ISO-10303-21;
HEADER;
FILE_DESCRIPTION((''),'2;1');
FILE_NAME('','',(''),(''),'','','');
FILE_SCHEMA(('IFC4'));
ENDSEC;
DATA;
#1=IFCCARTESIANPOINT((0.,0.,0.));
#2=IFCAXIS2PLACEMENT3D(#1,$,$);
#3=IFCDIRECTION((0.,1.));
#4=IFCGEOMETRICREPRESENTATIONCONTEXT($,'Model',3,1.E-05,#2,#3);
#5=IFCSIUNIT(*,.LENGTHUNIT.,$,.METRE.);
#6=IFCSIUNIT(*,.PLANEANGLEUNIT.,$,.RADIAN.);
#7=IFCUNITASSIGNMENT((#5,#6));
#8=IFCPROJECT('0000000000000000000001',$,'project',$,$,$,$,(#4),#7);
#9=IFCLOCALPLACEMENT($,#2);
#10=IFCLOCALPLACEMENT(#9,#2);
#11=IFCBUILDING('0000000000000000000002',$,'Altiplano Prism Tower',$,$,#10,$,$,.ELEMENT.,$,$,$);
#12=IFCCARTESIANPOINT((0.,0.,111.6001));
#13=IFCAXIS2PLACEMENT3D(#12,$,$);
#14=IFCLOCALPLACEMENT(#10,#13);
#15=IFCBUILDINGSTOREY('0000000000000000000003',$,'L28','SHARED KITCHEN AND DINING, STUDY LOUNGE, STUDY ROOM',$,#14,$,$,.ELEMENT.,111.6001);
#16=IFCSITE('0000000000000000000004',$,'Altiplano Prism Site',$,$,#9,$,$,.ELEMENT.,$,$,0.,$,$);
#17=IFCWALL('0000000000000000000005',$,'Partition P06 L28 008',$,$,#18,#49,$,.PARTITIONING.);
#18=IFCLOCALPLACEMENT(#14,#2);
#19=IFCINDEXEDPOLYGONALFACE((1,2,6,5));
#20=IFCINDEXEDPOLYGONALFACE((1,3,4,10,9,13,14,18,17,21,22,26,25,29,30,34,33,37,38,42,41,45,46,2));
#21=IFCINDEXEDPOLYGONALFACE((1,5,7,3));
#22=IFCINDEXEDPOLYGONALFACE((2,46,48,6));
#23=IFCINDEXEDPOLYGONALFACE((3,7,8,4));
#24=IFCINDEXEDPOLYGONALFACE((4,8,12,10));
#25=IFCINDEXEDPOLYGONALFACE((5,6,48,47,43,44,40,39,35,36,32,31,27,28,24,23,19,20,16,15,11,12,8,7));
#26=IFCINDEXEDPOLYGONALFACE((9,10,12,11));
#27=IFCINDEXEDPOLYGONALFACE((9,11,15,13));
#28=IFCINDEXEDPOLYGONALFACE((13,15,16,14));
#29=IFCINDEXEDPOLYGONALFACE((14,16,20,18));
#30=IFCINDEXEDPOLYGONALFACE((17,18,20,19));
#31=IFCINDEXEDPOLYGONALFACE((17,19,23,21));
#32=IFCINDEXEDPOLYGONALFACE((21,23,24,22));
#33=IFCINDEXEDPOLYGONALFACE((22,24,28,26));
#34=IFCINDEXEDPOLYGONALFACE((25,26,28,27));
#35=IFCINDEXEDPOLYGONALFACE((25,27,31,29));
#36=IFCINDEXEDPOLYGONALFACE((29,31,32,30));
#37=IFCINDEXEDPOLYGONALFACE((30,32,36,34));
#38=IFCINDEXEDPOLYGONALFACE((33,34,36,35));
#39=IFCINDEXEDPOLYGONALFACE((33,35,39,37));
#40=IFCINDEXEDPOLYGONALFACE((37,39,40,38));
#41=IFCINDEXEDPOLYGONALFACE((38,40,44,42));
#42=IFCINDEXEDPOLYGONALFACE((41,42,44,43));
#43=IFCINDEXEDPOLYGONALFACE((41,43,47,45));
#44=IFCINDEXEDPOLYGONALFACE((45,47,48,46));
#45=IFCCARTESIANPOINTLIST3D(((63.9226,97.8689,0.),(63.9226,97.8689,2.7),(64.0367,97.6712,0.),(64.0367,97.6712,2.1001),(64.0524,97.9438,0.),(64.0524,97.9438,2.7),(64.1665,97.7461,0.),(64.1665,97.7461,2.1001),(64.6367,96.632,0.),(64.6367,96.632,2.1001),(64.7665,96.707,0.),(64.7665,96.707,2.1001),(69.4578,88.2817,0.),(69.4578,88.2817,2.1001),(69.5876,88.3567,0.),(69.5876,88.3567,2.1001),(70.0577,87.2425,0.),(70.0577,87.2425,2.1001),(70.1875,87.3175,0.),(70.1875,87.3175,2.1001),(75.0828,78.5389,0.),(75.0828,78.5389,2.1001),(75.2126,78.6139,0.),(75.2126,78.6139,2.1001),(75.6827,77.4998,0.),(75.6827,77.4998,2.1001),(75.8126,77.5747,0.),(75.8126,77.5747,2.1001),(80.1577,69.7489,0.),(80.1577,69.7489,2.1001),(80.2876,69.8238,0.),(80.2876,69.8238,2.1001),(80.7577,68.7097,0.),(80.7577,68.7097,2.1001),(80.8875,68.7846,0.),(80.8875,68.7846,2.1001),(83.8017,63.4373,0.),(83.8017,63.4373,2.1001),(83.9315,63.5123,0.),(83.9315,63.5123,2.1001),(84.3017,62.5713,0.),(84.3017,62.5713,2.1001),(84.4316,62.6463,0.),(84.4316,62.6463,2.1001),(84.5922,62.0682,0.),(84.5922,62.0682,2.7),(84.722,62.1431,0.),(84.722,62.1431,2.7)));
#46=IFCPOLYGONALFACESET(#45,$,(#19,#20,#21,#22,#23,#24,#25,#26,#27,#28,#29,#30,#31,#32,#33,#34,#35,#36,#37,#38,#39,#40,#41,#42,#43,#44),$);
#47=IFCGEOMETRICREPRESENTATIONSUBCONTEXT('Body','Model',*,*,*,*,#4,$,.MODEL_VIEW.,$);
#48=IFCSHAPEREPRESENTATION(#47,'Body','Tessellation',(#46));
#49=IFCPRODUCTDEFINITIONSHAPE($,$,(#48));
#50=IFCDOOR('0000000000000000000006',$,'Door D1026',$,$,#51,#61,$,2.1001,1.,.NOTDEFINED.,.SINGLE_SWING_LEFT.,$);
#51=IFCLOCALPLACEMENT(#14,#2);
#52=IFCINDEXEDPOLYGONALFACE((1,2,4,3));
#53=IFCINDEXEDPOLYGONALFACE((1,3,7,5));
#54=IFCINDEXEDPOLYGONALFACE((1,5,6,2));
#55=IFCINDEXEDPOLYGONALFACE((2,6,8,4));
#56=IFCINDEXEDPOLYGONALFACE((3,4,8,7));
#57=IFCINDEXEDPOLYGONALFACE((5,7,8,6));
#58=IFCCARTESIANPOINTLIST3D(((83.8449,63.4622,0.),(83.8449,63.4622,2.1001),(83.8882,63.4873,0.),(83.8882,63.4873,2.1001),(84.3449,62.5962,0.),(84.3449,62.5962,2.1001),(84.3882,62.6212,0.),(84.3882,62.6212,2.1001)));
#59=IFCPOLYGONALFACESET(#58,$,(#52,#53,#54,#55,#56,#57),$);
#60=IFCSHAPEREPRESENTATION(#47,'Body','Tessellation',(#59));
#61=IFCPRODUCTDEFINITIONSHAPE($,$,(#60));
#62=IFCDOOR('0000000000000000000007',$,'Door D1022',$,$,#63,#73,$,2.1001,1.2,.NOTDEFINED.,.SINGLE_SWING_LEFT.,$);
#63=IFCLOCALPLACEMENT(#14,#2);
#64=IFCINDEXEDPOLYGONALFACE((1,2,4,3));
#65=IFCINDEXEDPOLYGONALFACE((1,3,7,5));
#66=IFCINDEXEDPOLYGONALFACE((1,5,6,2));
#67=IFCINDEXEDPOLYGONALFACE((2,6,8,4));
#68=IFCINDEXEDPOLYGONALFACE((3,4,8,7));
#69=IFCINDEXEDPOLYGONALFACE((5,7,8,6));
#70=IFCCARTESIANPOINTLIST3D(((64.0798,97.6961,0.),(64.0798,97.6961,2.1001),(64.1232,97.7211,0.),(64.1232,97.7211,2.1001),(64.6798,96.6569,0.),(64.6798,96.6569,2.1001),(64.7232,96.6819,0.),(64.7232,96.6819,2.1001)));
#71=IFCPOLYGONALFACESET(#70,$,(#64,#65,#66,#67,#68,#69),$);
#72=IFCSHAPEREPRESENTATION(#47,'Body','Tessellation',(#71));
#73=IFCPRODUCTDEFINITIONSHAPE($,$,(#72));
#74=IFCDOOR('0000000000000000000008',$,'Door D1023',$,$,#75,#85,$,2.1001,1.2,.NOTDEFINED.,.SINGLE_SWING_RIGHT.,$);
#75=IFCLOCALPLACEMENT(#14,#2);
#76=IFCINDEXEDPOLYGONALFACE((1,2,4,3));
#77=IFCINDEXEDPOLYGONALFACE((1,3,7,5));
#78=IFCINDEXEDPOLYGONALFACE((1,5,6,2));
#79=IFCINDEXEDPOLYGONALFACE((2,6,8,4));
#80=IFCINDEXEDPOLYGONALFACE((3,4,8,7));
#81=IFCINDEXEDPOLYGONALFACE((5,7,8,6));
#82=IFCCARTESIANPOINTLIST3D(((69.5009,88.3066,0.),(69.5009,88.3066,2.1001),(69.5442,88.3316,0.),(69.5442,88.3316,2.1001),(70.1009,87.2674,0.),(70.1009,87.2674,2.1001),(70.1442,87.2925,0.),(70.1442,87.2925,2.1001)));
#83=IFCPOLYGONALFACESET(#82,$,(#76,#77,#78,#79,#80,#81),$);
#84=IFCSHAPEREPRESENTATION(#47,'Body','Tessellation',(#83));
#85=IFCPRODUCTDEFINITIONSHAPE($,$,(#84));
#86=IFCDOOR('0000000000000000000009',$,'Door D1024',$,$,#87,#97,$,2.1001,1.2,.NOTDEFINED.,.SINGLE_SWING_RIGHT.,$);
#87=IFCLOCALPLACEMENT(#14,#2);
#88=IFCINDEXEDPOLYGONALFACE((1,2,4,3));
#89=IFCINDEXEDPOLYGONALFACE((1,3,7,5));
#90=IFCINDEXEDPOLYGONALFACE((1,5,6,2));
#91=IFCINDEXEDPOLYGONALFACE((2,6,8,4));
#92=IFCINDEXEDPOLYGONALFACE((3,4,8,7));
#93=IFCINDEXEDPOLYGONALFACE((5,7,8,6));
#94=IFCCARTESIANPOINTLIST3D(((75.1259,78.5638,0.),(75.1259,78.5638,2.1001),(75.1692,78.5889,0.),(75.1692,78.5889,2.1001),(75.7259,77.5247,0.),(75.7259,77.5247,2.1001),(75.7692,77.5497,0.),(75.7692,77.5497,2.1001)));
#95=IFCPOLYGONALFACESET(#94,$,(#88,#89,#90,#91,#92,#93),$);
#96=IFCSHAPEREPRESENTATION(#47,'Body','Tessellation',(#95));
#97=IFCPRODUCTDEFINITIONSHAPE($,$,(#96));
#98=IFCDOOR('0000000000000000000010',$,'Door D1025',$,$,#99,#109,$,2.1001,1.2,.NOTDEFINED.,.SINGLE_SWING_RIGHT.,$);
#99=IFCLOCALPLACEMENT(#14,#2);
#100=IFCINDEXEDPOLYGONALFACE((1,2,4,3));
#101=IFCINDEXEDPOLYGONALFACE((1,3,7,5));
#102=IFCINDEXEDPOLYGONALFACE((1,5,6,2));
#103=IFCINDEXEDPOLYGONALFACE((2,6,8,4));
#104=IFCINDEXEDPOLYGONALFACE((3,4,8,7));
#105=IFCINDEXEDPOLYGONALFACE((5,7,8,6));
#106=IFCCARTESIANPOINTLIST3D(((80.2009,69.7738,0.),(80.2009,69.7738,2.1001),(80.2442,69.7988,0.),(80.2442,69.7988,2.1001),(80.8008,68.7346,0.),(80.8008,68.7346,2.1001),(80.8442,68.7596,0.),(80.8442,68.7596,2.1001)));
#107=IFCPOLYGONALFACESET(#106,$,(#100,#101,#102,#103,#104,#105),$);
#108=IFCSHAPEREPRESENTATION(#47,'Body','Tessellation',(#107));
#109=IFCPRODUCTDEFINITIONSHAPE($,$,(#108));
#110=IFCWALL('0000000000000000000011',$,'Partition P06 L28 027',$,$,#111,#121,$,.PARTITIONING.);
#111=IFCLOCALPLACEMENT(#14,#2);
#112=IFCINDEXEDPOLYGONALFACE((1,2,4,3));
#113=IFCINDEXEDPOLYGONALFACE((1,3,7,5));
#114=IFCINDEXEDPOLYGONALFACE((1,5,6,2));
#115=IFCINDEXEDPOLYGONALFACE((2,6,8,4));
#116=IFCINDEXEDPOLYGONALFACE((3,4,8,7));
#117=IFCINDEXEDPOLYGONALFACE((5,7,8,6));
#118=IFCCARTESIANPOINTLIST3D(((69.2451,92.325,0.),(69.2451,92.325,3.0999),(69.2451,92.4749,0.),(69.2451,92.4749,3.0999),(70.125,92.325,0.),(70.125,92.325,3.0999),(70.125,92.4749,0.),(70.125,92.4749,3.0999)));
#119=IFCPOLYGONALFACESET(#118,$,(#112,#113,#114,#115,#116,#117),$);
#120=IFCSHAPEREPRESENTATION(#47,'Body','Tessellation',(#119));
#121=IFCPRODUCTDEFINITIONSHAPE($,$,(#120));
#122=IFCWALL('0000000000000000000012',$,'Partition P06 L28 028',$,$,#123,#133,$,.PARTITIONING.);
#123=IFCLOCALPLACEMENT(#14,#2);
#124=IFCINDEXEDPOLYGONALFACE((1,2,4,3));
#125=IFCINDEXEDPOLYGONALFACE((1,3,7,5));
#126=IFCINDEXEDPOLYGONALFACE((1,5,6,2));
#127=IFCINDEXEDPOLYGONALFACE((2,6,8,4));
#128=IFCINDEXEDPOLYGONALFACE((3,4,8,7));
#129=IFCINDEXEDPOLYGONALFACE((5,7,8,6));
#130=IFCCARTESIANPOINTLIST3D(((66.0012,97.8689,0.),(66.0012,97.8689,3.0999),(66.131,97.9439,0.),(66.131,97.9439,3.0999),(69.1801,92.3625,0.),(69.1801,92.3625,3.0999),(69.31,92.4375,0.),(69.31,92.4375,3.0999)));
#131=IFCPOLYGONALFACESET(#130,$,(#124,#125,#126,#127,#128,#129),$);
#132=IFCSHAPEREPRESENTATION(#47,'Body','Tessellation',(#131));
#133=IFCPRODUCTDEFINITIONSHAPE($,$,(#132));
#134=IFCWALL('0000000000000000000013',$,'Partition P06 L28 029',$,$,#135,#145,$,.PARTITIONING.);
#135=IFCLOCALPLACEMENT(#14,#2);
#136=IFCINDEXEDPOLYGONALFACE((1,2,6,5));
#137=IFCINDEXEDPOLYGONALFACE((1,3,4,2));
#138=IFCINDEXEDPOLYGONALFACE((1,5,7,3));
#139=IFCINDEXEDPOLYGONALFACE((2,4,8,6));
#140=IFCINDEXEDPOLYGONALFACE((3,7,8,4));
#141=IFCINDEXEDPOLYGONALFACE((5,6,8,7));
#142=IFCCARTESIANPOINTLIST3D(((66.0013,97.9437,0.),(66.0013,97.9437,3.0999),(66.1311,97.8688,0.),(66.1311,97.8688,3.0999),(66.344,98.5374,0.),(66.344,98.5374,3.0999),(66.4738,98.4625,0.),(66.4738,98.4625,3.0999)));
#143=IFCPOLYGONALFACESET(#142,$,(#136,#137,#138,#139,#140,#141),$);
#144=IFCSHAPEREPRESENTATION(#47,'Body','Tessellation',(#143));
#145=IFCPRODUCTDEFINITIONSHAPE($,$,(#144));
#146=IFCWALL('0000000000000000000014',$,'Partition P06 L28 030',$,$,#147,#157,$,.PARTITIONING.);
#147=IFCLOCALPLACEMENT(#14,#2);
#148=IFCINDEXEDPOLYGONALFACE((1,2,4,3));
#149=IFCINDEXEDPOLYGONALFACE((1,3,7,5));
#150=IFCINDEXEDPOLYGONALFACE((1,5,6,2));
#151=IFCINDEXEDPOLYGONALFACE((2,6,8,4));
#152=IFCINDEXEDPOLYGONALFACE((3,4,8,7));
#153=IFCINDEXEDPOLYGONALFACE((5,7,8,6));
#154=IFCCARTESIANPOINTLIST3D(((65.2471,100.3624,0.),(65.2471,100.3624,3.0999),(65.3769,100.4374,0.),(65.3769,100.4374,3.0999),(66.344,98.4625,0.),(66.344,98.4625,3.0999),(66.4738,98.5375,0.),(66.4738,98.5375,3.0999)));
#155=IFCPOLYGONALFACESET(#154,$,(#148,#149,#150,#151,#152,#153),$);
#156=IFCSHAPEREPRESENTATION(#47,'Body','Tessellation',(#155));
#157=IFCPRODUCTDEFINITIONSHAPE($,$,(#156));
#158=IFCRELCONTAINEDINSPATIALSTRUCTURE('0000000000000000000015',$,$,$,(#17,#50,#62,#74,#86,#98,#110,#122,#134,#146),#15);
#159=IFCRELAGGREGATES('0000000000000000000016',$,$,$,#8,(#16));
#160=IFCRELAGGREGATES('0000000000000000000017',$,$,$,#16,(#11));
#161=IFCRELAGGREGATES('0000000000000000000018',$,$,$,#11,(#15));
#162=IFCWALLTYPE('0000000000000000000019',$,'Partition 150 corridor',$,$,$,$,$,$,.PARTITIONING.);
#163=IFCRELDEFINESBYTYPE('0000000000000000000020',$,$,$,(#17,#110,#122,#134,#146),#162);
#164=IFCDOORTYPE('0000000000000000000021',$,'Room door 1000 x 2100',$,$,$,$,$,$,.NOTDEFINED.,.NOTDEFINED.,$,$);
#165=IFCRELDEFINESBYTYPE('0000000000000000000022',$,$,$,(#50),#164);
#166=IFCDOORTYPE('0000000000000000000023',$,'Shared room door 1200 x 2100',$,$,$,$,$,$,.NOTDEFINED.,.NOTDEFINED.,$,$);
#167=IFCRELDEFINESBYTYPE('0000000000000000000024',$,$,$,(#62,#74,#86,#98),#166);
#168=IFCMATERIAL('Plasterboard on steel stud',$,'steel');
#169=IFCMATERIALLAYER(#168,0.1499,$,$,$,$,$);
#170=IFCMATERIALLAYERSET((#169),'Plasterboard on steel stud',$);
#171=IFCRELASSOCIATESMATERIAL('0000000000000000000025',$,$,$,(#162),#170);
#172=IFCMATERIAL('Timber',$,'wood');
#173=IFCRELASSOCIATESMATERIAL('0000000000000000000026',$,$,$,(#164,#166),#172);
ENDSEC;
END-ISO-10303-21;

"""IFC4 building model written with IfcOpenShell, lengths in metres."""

from ifc_helpers import new_model, si_unit, direction, frame, frame_2d, origin, place, context, subcontext, project, spatial, rectangle, extrude, material, layer, layer_set, type_object, element, fill, save


model = new_model("IFC4")

# Units and contexts
model_context = context("Model", 3, precision=1e-05, world=origin(), true_north=direction((0.0, 1.0)))
body_context = subcontext(model_context, "Body", "Model", "MODEL_VIEW")
ifc_project = project(units=[si_unit("LENGTHUNIT", "METRE"), si_unit("PLANEANGLEUNIT", "RADIAN")], contexts=[model_context])

# Site, building, storey
site_placement = place(None, origin())
site = spatial("IfcSite", under=ifc_project, at=site_placement, Name="Altiplano Prism Site", CompositionType="ELEMENT", RefElevation=0.0)
building_placement = place(site_placement, origin())
building = spatial("IfcBuilding", under=site, at=building_placement, Name="Altiplano Prism Tower", CompositionType="ELEMENT")
storey_placement = place(building_placement, frame((0.0, 0.0, 111.6001)))
storey = spatial("IfcBuildingStorey", under=building, at=storey_placement, Name="L28", Description="SHARED KITCHEN AND DINING, STUDY LOUNGE, STUDY ROOM", CompositionType="ELEMENT", Elevation=111.6001)

# Shared definitions
ifc_material_1 = material(Name="Plasterboard on steel stud", Category="steel")
ifc_layer_1 = layer(ifc_material_1, 0.1499)
ifc_layer_set_1 = layer_set([ifc_layer_1], Name="Plasterboard on steel stud")
wall_type = type_object("IfcWallType", Name="Partition 150 corridor", PredefinedType="PARTITIONING", material=ifc_layer_set_1)

# Wall, openings, doors
wall_1_placement = place(storey_placement, frame((63.9875, 97.9062, 0.0), z_axis=(0.0, 0.0, 1.0), x_axis=(0.500002, -0.866024, 0.0)))
wall_1 = element("IfcWall", 1, at=wall_1_placement, inside=storey, type_object=wall_type, Name="Partition P06 L28 008", PredefinedType="PARTITIONING", context=body_context, shape_type="SweptSolid", body=[
    extrude(rectangle(XDim=41.3391, YDim=0.1499, at=frame_2d((20.6694, 0.0))), origin(), (0.0, 0.0, 1.0), 2.7),
])
opening_1_placement = place(wall_1_placement, frame((0.228, 0.0, 0.0)))
opening_1 = element("IfcOpeningElement", 2, at=opening_1_placement, cuts=wall_1, PredefinedType="OPENING", context=body_context, shape_type="SweptSolid", body=[
    extrude(rectangle(XDim=1.2, YDim=2.1001, at=frame_2d((0.6001, 1.05))), frame((0.0, 0.0854, 0.0), z_axis=(0.0, -1.0, 0.0), x_axis=(1.0, 0.0, 0.0)), (0.0, 0.0, 1.0), 0.1709),
])
opening_2_placement = place(wall_1_placement, frame((11.0701, 0.0, 0.0)))
opening_2 = element("IfcOpeningElement", 3, at=opening_2_placement, cuts=wall_1, PredefinedType="OPENING", context=body_context, shape_type="SweptSolid", body=[
    extrude(rectangle(XDim=1.2, YDim=2.1001, at=frame_2d((0.6001, 1.05))), frame((0.0, 0.0854, 0.0), z_axis=(0.0, -1.0, 0.0), x_axis=(1.0, 0.0, 0.0)), (0.0, 0.0, 1.0), 0.1709),
])
opening_3_placement = place(wall_1_placement, frame((22.3201, 0.0, 0.0)))
opening_3 = element("IfcOpeningElement", 4, at=opening_3_placement, cuts=wall_1, PredefinedType="OPENING", context=body_context, shape_type="SweptSolid", body=[
    extrude(rectangle(XDim=1.2, YDim=2.1001, at=frame_2d((0.6001, 1.05))), frame((0.0, 0.0854, 0.0), z_axis=(0.0, -1.0, 0.0), x_axis=(1.0, 0.0, 0.0)), (0.0, 0.0, 1.0), 0.1709),
])
opening_4_placement = place(wall_1_placement, frame((32.47, 0.0, 0.0)))
opening_4 = element("IfcOpeningElement", 5, at=opening_4_placement, cuts=wall_1, PredefinedType="OPENING", context=body_context, shape_type="SweptSolid", body=[
    extrude(rectangle(XDim=1.2, YDim=2.1001, at=frame_2d((0.6001, 1.05))), frame((0.0, 0.0854, 0.0), z_axis=(0.0, -1.0, 0.0), x_axis=(1.0, 0.0, 0.0)), (0.0, 0.0, 1.0), 0.1709),
])
opening_5_placement = place(wall_1_placement, frame((39.7581, 0.0, 0.0)))
opening_5 = element("IfcOpeningElement", 6, at=opening_5_placement, cuts=wall_1, PredefinedType="OPENING", context=body_context, shape_type="SweptSolid", body=[
    extrude(rectangle(XDim=1.0, YDim=2.1001, at=frame_2d((0.5, 1.05))), frame((0.0, 0.0854, 0.0), z_axis=(0.0, -1.0, 0.0), x_axis=(1.0, 0.0, 0.0)), (0.0, 0.0, 1.0), 0.1709),
])
ifc_material_2 = material(Name="Timber", Category="wood")
door_type_1 = type_object("IfcDoorType", Name="Room door 1000 x 2100", OperationType="NOTDEFINED", PredefinedType="NOTDEFINED", material=ifc_material_2)
door_1_placement = place(opening_5_placement, origin())
door_1 = element("IfcDoor", 7, at=door_1_placement, inside=storey, type_object=door_type_1, Name="Door D1026", OperationType="SINGLE_SWING_LEFT", OverallHeight=2.1001, OverallWidth=1.0, PredefinedType="NOTDEFINED", context=body_context, shape_type="SweptSolid", body=[
    extrude(rectangle(XDim=1.0, YDim=2.1001, at=frame_2d((0.5, 1.05))), frame((0.0, 0.0249, 0.0), z_axis=(0.0, -1.0, 0.0), x_axis=(1.0, 0.0, 0.0)), (0.0, 0.0, 1.0), 0.05),
])
fill(opening_5, door_1)
door_type_2 = type_object("IfcDoorType", Name="Shared room door 1200 x 2100", OperationType="NOTDEFINED", PredefinedType="NOTDEFINED", material=ifc_material_2)
door_2_placement = place(opening_1_placement, origin())
door_2 = element("IfcDoor", 8, at=door_2_placement, inside=storey, type_object=door_type_2, Name="Door D1022", OperationType="SINGLE_SWING_LEFT", OverallHeight=2.1001, OverallWidth=1.2, PredefinedType="NOTDEFINED", context=body_context, shape_type="SweptSolid", body=[
    extrude(rectangle(XDim=1.2, YDim=2.1001, at=frame_2d((0.6001, 1.05))), frame((0.0, 0.0249, 0.0), z_axis=(0.0, -1.0, 0.0), x_axis=(1.0, 0.0, 0.0)), (0.0, 0.0, 1.0), 0.05),
])
fill(opening_1, door_2)
door_3_placement = place(opening_2_placement, origin())
door_3 = element("IfcDoor", 9, at=door_3_placement, inside=storey, type_object=door_type_2, Name="Door D1023", OperationType="SINGLE_SWING_RIGHT", OverallHeight=2.1001, OverallWidth=1.2, PredefinedType="NOTDEFINED", context=body_context, shape_type="SweptSolid", body=[
    extrude(rectangle(XDim=1.2, YDim=2.1001, at=frame_2d((0.6001, 1.05))), frame((0.0, 0.0249, 0.0), z_axis=(0.0, -1.0, 0.0), x_axis=(1.0, 0.0, 0.0)), (0.0, 0.0, 1.0), 0.05),
])
fill(opening_2, door_3)
door_4_placement = place(opening_3_placement, origin())
door_4 = element("IfcDoor", 10, at=door_4_placement, inside=storey, type_object=door_type_2, Name="Door D1024", OperationType="SINGLE_SWING_RIGHT", OverallHeight=2.1001, OverallWidth=1.2, PredefinedType="NOTDEFINED", context=body_context, shape_type="SweptSolid", body=[
    extrude(rectangle(XDim=1.2, YDim=2.1001, at=frame_2d((0.6001, 1.05))), frame((0.0, 0.0249, 0.0), z_axis=(0.0, -1.0, 0.0), x_axis=(1.0, 0.0, 0.0)), (0.0, 0.0, 1.0), 0.05),
])
fill(opening_3, door_4)
door_5_placement = place(opening_4_placement, origin())
door_5 = element("IfcDoor", 11, at=door_5_placement, inside=storey, type_object=door_type_2, Name="Door D1025", OperationType="SINGLE_SWING_RIGHT", OverallHeight=2.1001, OverallWidth=1.2, PredefinedType="NOTDEFINED", context=body_context, shape_type="SweptSolid", body=[
    extrude(rectangle(XDim=1.2, YDim=2.1001, at=frame_2d((0.6001, 1.05))), frame((0.0, 0.0249, 0.0), z_axis=(0.0, -1.0, 0.0), x_axis=(1.0, 0.0, 0.0)), (0.0, 0.0, 1.0), 0.05),
])
fill(opening_4, door_5)

# Walls
wall_2_placement = place(storey_placement, frame((70.125, 92.3999, 0.0), z_axis=(0.0, 0.0, 1.0), x_axis=(-1.0, 0.0, 0.0)))
element("IfcWall", 12, at=wall_2_placement, inside=storey, type_object=wall_type, Name="Partition P06 L28 027", PredefinedType="PARTITIONING", context=body_context, shape_type="SweptSolid", body=[
    extrude(rectangle(XDim=0.8799, YDim=0.1499, at=frame_2d((0.4399, 0.0))), origin(), (0.0, 0.0, 1.0), 3.0999),
])
wall_3_placement = place(storey_placement, frame((69.2451, 92.3999, 0.0), z_axis=(0.0, 0.0, 1.0), x_axis=(-0.499984, 0.866035, 0.0)))
element("IfcWall", 13, at=wall_3_placement, inside=storey, type_object=wall_type, Name="Partition P06 L28 028", PredefinedType="PARTITIONING", context=body_context, shape_type="SweptSolid", body=[
    extrude(rectangle(XDim=6.3582, YDim=0.1499, at=frame_2d((3.1792, 0.0))), origin(), (0.0, 0.0, 1.0), 3.0999),
])
wall_4_placement = place(storey_placement, frame((66.0662, 97.9062, 0.0), z_axis=(0.0, 0.0, 1.0), x_axis=(0.499969, 0.866043, 0.0)))
element("IfcWall", 14, at=wall_4_placement, inside=storey, type_object=wall_type, Name="Partition P06 L28 029", PredefinedType="PARTITIONING", context=body_context, shape_type="SweptSolid", body=[
    extrude(rectangle(XDim=0.6855, YDim=0.1499, at=frame_2d((0.3428, 0.0))), origin(), (0.0, 0.0, 1.0), 3.0999),
])
wall_5_placement = place(storey_placement, frame((66.4089, 98.5, 0.0), z_axis=(0.0, 0.0, 1.0), x_axis=(-0.500005, 0.866023, 0.0)))
element("IfcWall", 15, at=wall_5_placement, inside=storey, type_object=wall_type, Name="Partition P06 L28 030", PredefinedType="PARTITIONING", context=body_context, shape_type="SweptSolid", body=[
    extrude(rectangle(XDim=2.1938, YDim=0.1499, at=frame_2d((1.0969, 0.0))), origin(), (0.0, 0.0, 1.0), 3.0999),
])

save(model, "model.ifc")
